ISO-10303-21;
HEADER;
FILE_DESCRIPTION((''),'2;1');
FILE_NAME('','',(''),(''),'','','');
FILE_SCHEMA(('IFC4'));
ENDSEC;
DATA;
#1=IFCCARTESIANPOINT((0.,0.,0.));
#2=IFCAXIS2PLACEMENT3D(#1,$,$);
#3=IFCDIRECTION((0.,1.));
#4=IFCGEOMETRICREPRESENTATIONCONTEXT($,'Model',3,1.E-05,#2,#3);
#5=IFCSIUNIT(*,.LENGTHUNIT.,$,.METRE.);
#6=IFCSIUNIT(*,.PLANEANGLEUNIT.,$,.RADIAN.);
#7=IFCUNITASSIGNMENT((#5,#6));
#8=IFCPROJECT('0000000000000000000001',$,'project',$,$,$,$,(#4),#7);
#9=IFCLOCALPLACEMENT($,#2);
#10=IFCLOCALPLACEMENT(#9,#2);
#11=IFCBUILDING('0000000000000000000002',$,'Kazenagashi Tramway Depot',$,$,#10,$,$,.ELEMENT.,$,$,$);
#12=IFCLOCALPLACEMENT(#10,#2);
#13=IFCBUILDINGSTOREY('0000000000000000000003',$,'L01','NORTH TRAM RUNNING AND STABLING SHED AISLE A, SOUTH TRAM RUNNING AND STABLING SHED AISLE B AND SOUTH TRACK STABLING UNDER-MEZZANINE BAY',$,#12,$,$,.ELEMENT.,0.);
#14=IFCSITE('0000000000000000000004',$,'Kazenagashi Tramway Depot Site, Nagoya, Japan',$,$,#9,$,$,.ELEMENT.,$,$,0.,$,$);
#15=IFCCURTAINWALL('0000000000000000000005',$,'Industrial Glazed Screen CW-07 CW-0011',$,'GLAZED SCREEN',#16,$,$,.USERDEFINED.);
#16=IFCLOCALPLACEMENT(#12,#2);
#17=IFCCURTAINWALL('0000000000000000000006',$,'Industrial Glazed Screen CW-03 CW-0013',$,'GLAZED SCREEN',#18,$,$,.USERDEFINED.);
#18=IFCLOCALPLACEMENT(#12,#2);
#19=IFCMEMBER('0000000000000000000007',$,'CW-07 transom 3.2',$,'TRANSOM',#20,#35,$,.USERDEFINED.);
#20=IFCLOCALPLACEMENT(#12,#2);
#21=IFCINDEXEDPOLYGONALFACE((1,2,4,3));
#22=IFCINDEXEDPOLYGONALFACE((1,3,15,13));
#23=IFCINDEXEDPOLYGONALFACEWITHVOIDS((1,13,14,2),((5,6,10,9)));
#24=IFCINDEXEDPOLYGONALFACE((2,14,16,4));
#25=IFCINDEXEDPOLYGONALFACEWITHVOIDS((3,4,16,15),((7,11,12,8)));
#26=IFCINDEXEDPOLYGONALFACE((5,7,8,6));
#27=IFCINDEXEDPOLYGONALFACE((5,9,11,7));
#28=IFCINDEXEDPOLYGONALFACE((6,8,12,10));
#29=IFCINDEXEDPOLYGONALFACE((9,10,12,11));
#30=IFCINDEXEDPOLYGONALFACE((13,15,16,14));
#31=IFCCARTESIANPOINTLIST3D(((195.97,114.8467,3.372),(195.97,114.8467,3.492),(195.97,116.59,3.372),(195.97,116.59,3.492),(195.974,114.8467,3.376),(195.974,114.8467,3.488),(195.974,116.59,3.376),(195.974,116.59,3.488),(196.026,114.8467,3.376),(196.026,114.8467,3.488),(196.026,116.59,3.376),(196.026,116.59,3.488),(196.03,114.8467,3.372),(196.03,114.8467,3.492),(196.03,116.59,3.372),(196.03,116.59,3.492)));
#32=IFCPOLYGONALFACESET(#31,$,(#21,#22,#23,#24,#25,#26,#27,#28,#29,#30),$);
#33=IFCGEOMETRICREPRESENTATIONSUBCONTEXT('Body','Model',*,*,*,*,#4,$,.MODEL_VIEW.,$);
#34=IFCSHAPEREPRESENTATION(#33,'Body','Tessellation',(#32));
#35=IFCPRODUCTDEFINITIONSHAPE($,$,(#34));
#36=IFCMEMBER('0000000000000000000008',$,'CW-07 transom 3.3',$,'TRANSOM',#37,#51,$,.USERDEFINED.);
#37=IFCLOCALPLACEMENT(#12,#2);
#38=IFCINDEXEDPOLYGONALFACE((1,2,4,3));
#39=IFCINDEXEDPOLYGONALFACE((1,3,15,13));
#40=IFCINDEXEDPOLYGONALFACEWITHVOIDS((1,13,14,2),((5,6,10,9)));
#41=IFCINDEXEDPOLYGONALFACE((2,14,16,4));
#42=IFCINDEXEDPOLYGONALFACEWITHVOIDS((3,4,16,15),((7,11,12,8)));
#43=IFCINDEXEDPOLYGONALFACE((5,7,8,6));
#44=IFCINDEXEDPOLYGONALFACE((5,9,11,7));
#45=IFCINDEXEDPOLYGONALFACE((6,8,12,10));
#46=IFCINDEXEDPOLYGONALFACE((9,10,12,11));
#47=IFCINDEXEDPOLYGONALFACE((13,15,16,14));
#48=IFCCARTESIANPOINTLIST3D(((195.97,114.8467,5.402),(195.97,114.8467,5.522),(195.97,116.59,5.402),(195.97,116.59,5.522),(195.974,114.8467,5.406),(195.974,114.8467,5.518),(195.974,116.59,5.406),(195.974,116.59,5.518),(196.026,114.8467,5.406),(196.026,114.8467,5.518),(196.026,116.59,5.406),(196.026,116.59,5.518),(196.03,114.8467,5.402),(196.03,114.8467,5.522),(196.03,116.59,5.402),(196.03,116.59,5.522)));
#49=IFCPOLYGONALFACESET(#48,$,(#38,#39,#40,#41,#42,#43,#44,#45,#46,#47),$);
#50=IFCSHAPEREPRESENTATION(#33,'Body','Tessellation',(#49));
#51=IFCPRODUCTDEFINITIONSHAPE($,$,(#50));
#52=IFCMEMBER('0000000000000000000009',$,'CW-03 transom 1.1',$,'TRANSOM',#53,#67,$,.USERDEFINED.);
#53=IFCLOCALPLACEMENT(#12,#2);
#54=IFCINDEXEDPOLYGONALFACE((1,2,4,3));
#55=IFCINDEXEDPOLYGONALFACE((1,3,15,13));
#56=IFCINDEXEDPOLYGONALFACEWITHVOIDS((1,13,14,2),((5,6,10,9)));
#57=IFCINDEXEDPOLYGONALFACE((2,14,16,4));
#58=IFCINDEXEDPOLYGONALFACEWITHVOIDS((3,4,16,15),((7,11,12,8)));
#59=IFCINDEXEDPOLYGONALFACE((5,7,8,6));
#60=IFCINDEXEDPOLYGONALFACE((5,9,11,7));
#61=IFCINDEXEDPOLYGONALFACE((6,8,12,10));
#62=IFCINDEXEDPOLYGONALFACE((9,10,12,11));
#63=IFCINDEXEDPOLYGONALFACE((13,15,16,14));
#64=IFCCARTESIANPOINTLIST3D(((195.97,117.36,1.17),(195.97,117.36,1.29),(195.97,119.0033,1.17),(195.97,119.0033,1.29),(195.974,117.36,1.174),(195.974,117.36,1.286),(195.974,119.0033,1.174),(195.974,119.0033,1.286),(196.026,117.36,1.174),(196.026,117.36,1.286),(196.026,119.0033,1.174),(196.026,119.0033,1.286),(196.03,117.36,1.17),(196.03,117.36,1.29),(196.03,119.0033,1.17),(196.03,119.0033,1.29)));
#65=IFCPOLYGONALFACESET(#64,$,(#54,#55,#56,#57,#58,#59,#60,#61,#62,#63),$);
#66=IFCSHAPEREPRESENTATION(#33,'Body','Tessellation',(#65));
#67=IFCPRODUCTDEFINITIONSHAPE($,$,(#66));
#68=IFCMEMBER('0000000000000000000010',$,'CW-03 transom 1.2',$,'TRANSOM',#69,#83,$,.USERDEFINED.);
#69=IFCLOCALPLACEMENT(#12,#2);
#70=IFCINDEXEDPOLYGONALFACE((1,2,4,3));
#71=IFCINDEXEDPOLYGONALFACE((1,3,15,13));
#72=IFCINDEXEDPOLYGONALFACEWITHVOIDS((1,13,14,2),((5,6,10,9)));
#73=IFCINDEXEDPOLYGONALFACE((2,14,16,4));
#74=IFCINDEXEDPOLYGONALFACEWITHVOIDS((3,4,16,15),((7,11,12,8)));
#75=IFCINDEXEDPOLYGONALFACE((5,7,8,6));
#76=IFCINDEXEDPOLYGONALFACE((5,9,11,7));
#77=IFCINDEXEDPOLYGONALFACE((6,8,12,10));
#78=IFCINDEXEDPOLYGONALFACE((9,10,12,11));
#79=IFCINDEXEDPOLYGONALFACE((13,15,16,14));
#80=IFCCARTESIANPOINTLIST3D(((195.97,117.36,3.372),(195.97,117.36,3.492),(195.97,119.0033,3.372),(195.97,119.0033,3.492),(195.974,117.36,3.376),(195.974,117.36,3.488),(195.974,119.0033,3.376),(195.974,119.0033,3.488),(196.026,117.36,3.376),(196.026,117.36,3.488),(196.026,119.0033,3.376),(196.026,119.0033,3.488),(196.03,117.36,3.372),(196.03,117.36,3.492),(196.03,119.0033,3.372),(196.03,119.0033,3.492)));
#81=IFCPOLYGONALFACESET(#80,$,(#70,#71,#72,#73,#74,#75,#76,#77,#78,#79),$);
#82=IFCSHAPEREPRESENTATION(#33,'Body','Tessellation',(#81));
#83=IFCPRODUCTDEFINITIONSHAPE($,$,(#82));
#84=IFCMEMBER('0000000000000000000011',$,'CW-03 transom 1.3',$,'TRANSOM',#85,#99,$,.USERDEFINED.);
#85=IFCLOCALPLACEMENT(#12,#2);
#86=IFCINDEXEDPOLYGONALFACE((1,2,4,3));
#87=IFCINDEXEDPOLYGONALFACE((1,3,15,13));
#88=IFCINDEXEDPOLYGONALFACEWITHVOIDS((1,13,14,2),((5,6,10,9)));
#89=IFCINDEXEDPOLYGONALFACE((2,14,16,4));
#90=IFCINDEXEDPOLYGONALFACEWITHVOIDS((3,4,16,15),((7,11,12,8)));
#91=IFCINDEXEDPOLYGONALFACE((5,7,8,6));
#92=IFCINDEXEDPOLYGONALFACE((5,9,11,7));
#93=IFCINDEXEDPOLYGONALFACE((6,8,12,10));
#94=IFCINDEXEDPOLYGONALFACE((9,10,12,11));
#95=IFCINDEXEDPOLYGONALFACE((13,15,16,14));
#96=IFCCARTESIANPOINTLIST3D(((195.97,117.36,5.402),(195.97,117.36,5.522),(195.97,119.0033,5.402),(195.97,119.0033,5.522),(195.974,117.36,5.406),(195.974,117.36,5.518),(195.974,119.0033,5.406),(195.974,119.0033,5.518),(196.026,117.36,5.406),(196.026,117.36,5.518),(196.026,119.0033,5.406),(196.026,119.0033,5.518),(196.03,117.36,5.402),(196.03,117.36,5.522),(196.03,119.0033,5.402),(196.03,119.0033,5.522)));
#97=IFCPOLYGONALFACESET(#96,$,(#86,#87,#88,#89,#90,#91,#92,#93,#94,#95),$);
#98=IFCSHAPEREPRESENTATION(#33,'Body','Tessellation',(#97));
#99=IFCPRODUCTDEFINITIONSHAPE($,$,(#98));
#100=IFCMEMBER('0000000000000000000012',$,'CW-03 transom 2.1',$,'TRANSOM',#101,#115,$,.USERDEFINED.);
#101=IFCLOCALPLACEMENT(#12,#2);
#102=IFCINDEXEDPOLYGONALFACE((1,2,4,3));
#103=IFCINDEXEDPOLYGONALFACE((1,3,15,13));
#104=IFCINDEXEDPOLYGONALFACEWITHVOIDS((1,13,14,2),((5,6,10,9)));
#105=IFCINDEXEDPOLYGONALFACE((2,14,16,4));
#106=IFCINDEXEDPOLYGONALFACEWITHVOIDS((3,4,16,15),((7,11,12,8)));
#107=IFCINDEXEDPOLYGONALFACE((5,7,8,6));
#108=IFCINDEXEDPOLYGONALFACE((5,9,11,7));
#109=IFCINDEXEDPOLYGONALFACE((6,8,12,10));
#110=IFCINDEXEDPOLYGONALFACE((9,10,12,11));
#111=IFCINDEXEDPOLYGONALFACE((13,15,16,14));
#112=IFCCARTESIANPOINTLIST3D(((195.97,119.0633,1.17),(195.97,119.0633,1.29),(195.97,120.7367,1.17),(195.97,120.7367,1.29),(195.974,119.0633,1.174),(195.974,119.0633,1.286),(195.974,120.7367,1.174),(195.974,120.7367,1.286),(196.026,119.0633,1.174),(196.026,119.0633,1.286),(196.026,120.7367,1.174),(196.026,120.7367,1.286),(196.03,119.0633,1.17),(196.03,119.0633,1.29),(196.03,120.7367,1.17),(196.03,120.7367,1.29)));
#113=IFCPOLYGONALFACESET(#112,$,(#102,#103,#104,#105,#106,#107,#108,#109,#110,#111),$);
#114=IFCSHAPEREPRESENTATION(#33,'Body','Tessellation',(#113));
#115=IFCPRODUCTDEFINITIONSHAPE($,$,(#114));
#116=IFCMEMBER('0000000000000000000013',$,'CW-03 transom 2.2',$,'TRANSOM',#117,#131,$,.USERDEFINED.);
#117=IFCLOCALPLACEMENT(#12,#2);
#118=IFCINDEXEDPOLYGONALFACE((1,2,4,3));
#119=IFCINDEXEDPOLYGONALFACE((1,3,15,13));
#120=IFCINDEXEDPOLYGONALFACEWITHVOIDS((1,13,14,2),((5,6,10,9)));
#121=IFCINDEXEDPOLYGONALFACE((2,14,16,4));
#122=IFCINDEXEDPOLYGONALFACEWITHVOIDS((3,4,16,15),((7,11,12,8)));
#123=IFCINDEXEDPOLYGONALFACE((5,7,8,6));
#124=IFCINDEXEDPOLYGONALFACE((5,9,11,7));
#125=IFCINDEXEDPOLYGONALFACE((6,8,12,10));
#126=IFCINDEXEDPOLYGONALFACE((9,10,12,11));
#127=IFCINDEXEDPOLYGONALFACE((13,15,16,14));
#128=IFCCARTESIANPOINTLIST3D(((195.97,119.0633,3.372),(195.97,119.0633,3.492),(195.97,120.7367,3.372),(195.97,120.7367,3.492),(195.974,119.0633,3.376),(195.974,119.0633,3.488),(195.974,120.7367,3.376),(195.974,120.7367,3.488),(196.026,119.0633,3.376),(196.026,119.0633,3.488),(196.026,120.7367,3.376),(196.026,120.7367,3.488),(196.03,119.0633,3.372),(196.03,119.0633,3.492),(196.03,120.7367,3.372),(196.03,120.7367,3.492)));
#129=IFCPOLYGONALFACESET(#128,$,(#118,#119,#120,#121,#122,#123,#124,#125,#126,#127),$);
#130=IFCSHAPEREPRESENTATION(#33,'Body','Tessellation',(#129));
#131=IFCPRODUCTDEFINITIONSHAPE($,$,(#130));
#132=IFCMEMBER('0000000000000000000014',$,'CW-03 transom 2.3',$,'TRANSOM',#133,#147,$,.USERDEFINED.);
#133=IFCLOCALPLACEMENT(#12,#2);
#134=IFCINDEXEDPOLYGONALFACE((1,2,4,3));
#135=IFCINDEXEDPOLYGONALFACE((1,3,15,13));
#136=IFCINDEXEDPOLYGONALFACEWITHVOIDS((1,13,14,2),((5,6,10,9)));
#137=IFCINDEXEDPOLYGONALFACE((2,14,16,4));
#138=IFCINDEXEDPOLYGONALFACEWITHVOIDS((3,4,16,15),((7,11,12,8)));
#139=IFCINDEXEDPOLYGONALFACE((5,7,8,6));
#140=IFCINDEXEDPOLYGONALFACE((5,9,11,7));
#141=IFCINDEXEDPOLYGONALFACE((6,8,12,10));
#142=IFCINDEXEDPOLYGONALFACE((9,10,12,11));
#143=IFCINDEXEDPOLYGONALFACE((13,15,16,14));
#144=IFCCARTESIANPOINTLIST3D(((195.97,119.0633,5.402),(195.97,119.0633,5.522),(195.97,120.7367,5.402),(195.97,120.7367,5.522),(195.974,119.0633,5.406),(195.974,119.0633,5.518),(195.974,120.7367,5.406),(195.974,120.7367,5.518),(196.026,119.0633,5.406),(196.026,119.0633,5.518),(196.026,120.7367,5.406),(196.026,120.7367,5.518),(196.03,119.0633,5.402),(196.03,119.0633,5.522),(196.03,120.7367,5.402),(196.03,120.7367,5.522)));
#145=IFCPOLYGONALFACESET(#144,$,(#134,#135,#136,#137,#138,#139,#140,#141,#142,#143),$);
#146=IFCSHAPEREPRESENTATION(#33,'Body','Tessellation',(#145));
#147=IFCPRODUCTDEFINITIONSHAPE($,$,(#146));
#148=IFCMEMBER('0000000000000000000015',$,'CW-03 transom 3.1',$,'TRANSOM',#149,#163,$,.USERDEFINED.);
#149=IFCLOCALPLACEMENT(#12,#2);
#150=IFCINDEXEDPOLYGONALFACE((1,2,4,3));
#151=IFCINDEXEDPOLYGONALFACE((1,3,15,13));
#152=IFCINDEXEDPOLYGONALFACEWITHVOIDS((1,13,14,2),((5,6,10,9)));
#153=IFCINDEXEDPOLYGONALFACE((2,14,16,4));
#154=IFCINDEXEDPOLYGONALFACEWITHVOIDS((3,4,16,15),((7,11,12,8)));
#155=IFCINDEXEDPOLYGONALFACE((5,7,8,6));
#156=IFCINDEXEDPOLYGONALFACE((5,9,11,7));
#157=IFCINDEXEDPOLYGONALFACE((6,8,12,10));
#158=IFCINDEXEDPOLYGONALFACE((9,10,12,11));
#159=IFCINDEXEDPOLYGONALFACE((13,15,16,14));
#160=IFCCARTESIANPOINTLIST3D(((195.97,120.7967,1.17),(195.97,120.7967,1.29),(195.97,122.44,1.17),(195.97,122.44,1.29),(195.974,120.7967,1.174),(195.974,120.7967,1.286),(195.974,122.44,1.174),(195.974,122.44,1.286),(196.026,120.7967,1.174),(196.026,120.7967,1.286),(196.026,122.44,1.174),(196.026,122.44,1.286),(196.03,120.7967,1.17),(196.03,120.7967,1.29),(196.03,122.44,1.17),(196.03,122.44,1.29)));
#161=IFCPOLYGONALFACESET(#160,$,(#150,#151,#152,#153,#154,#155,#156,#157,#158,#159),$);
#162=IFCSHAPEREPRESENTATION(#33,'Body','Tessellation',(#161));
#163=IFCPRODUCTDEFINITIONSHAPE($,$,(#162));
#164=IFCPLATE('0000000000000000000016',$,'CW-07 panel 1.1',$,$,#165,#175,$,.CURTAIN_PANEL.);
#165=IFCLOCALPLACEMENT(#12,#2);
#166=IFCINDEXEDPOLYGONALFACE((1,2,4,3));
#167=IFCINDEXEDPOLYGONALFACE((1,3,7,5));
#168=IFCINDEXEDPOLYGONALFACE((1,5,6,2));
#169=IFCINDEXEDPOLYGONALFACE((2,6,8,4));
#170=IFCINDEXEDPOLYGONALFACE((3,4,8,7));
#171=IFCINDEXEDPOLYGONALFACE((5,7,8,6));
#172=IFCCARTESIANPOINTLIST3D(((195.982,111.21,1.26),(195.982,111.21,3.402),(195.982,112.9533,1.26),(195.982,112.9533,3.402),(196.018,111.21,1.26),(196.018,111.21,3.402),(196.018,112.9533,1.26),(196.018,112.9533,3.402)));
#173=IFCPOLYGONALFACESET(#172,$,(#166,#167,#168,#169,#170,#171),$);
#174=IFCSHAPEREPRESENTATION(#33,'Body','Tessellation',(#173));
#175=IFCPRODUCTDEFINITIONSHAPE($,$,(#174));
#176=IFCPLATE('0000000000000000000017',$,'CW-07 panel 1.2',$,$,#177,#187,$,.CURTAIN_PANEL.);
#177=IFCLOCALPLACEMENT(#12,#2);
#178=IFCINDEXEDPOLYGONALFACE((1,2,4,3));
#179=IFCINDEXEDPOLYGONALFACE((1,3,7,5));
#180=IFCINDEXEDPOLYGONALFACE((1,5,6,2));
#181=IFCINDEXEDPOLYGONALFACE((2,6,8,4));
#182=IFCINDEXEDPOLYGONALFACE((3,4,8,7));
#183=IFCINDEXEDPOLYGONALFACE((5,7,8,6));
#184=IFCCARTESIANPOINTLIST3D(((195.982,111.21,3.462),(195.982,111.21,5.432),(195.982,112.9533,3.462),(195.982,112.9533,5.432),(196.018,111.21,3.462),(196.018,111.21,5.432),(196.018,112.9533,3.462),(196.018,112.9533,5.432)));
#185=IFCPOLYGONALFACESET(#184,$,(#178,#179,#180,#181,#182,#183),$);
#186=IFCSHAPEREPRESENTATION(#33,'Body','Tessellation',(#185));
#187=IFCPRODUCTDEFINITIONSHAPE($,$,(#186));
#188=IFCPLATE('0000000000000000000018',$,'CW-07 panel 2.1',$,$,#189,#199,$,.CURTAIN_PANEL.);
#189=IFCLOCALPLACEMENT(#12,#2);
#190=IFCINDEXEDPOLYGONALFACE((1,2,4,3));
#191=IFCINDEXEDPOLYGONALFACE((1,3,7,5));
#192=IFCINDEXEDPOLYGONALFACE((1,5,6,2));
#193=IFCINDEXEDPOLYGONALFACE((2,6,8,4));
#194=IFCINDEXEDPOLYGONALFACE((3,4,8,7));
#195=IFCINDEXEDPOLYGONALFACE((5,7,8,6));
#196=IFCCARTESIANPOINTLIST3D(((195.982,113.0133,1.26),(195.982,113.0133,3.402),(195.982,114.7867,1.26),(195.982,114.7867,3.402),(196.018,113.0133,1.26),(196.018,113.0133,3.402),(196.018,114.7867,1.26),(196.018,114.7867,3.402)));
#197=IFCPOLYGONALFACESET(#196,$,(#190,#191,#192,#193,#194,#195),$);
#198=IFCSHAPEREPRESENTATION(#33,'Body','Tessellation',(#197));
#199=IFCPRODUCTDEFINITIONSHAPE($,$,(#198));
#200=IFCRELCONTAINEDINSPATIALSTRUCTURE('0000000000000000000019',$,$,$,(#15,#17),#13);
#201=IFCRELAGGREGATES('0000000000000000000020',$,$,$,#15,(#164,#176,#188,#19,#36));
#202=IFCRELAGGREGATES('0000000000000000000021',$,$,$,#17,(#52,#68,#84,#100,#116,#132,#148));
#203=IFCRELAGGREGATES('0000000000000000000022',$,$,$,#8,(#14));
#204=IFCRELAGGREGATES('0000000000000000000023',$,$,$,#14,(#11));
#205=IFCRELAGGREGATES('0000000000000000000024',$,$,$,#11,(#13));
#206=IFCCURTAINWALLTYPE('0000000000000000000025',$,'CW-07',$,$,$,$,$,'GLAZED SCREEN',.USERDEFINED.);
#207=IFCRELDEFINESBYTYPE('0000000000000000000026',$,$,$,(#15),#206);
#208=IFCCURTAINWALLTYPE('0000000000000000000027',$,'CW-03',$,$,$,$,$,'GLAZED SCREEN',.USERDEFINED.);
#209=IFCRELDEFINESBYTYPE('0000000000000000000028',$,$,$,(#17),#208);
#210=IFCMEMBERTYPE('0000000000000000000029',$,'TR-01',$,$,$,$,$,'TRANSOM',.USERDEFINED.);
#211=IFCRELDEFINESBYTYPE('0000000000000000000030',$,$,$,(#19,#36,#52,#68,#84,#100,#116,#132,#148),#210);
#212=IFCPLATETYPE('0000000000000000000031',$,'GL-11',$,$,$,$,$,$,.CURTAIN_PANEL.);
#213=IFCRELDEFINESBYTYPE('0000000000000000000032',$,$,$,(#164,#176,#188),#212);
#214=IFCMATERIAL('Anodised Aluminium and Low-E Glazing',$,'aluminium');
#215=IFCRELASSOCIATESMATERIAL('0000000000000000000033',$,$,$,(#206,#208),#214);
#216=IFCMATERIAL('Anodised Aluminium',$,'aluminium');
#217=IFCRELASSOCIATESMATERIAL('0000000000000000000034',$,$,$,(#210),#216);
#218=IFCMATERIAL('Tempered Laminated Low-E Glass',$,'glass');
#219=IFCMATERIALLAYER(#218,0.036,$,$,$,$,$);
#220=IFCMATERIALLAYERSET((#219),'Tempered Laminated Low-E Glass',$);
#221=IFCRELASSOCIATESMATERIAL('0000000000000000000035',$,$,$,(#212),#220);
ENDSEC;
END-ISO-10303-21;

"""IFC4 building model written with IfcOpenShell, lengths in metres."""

from ifc_helpers import new_model, si_unit, direction, frame, origin, origin_2d, place, context, subcontext, project, spatial, rectangle, hollow_rectangle, extrude, material, layer, layer_set, material_profile, profile_set, type_object, element, aggregate, save


model = new_model("IFC4")

# Units and contexts
model_context = context("Model", 3, precision=1e-05, world=origin(), true_north=direction((0.0, 1.0)))
body_context = subcontext(model_context, "Body", "Model", "MODEL_VIEW")
ifc_project = project(units=[si_unit("LENGTHUNIT", "METRE"), si_unit("PLANEANGLEUNIT", "RADIAN")], contexts=[model_context])

# Site, building, storey
site_placement = place(None, origin())
site = spatial("IfcSite", under=ifc_project, at=site_placement, Name="Kazenagashi Tramway Depot Site, Nagoya, Japan", CompositionType="ELEMENT", RefElevation=0.0)
building_placement = place(site_placement, origin())
building = spatial("IfcBuilding", under=site, at=building_placement, Name="Kazenagashi Tramway Depot", CompositionType="ELEMENT")
storey_placement = place(building_placement, origin())
storey = spatial("IfcBuildingStorey", under=building, at=storey_placement, Name="L01", Description="NORTH TRAM RUNNING AND STABLING SHED AISLE A, SOUTH TRAM RUNNING AND STABLING SHED AISLE B AND SOUTH TRACK STABLING UNDER-MEZZANINE BAY", CompositionType="ELEMENT", Elevation=0.0)

# Curtain walls
ifc_material_1 = material(Name="Anodised Aluminium and Low-E Glazing", Category="aluminium")
curtain_wall_type_1 = type_object("IfcCurtainWallType", Name="CW-07", ElementType="GLAZED SCREEN", PredefinedType="USERDEFINED", material=ifc_material_1)
curtain_wall_1_placement = place(storey_placement, origin())
curtain_wall_1 = element("IfcCurtainWall", 1, at=curtain_wall_1_placement, inside=storey, type_object=curtain_wall_type_1, Name="Industrial Glazed Screen CW-07 CW-0011", ObjectType="GLAZED SCREEN", PredefinedType="USERDEFINED")
ifc_material_2 = material(Name="Anodised Aluminium", Category="aluminium")
curtain_wall_type_2 = type_object("IfcCurtainWallType", Name="CW-03", ElementType="GLAZED SCREEN", PredefinedType="USERDEFINED", material=ifc_material_1)
curtain_wall_2_placement = place(storey_placement, origin())
curtain_wall_2 = element("IfcCurtainWall", 2, at=curtain_wall_2_placement, inside=storey, type_object=curtain_wall_type_2, Name="Industrial Glazed Screen CW-03 CW-0013", ObjectType="GLAZED SCREEN", PredefinedType="USERDEFINED")

# Members
ifc_material_profile_1 = material_profile(ifc_material_2, hollow_rectangle(XDim=0.06, YDim=0.12, WallThickness=0.004, at=origin_2d()), Name="RHS-120x60x4")
ifc_profile_set_1 = profile_set([ifc_material_profile_1], Name="Anodised Aluminium")
member_type_1 = type_object("IfcMemberType", Name="TR-01", ElementType="TRANSOM", PredefinedType="USERDEFINED", material=ifc_profile_set_1)
member_1_placement = place(storey_placement, frame((196.0, 114.8467, 3.432), z_axis=(0.0, 1.0, 0.0), x_axis=(-1.0, 0.0, 0.0)))
member_1 = element("IfcMember", 3, at=member_1_placement, type_object=member_type_1, Name="CW-07 transom 3.2", ObjectType="TRANSOM", PredefinedType="USERDEFINED", context=body_context, shape_type="SweptSolid", body=[
    extrude(hollow_rectangle(XDim=0.06, YDim=0.12, WallThickness=0.004, at=origin_2d()), origin(), (0.0, 0.0, 1.0), 1.7433),
])
member_2_placement = place(storey_placement, frame((196.0, 114.8467, 5.462), z_axis=(0.0, 1.0, 0.0), x_axis=(-1.0, 0.0, 0.0)))
member_2 = element("IfcMember", 4, at=member_2_placement, type_object=member_type_1, Name="CW-07 transom 3.3", ObjectType="TRANSOM", PredefinedType="USERDEFINED", context=body_context, shape_type="SweptSolid", body=[
    extrude(hollow_rectangle(XDim=0.06, YDim=0.12, WallThickness=0.004, at=origin_2d()), origin(), (0.0, 0.0, 1.0), 1.7433),
])
member_3_placement = place(storey_placement, frame((196.0, 117.36, 1.23), z_axis=(0.0, 1.0, 0.0), x_axis=(-1.0, 0.0, 0.0)))
member_3 = element("IfcMember", 5, at=member_3_placement, type_object=member_type_1, Name="CW-03 transom 1.1", ObjectType="TRANSOM", PredefinedType="USERDEFINED", context=body_context, shape_type="SweptSolid", body=[
    extrude(hollow_rectangle(XDim=0.06, YDim=0.12, WallThickness=0.004, at=origin_2d()), origin(), (0.0, 0.0, 1.0), 1.6433),
])
member_4_placement = place(storey_placement, frame((196.0, 117.36, 3.432), z_axis=(0.0, 1.0, 0.0), x_axis=(-1.0, 0.0, 0.0)))
member_4 = element("IfcMember", 6, at=member_4_placement, type_object=member_type_1, Name="CW-03 transom 1.2", ObjectType="TRANSOM", PredefinedType="USERDEFINED", context=body_context, shape_type="SweptSolid", body=[
    extrude(hollow_rectangle(XDim=0.06, YDim=0.12, WallThickness=0.004, at=origin_2d()), origin(), (0.0, 0.0, 1.0), 1.6433),
])
member_5_placement = place(storey_placement, frame((196.0, 117.36, 5.462), z_axis=(0.0, 1.0, 0.0), x_axis=(-1.0, 0.0, 0.0)))
member_5 = element("IfcMember", 7, at=member_5_placement, type_object=member_type_1, Name="CW-03 transom 1.3", ObjectType="TRANSOM", PredefinedType="USERDEFINED", context=body_context, shape_type="SweptSolid", body=[
    extrude(hollow_rectangle(XDim=0.06, YDim=0.12, WallThickness=0.004, at=origin_2d()), origin(), (0.0, 0.0, 1.0), 1.6433),
])
member_6_placement = place(storey_placement, frame((196.0, 119.0633, 1.23), z_axis=(0.0, 1.0, 0.0), x_axis=(-1.0, 0.0, 0.0)))
member_6 = element("IfcMember", 8, at=member_6_placement, type_object=member_type_1, Name="CW-03 transom 2.1", ObjectType="TRANSOM", PredefinedType="USERDEFINED", context=body_context, shape_type="SweptSolid", body=[
    extrude(hollow_rectangle(XDim=0.06, YDim=0.12, WallThickness=0.004, at=origin_2d()), origin(), (0.0, 0.0, 1.0), 1.6733),
])
member_7_placement = place(storey_placement, frame((196.0, 119.0633, 3.432), z_axis=(0.0, 1.0, 0.0), x_axis=(-1.0, 0.0, 0.0)))
member_7 = element("IfcMember", 9, at=member_7_placement, type_object=member_type_1, Name="CW-03 transom 2.2", ObjectType="TRANSOM", PredefinedType="USERDEFINED", context=body_context, shape_type="SweptSolid", body=[
    extrude(hollow_rectangle(XDim=0.06, YDim=0.12, WallThickness=0.004, at=origin_2d()), origin(), (0.0, 0.0, 1.0), 1.6733),
])
member_8_placement = place(storey_placement, frame((196.0, 119.0633, 5.462), z_axis=(0.0, 1.0, 0.0), x_axis=(-1.0, 0.0, 0.0)))
member_8 = element("IfcMember", 10, at=member_8_placement, type_object=member_type_1, Name="CW-03 transom 2.3", ObjectType="TRANSOM", PredefinedType="USERDEFINED", context=body_context, shape_type="SweptSolid", body=[
    extrude(hollow_rectangle(XDim=0.06, YDim=0.12, WallThickness=0.004, at=origin_2d()), origin(), (0.0, 0.0, 1.0), 1.6733),
])
member_9_placement = place(storey_placement, frame((196.0, 120.7967, 1.23), z_axis=(0.0, 1.0, 0.0), x_axis=(-1.0, 0.0, 0.0)))
member_9 = element("IfcMember", 11, at=member_9_placement, type_object=member_type_1, Name="CW-03 transom 3.1", ObjectType="TRANSOM", PredefinedType="USERDEFINED", context=body_context, shape_type="SweptSolid", body=[
    extrude(hollow_rectangle(XDim=0.06, YDim=0.12, WallThickness=0.004, at=origin_2d()), origin(), (0.0, 0.0, 1.0), 1.6433),
])

# Plates
ifc_material_3 = material(Name="Tempered Laminated Low-E Glass", Category="glass")
ifc_layer_1 = layer(ifc_material_3, 0.036)
ifc_layer_set_1 = layer_set([ifc_layer_1], Name="Tempered Laminated Low-E Glass")
plate_type_1 = type_object("IfcPlateType", Name="GL-11", PredefinedType="CURTAIN_PANEL", material=ifc_layer_set_1)
plate_1_placement = place(storey_placement, frame((196.0, 112.0817, 1.26), z_axis=(0.0, 0.0, 1.0), x_axis=(0.0, 1.0, 0.0)))
plate_1 = element("IfcPlate", 12, at=plate_1_placement, type_object=plate_type_1, Name="CW-07 panel 1.1", PredefinedType="CURTAIN_PANEL", context=body_context, shape_type="SweptSolid", body=[
    extrude(rectangle(XDim=1.7433, YDim=0.036, at=origin_2d()), origin(), (0.0, 0.0, 1.0), 2.142),
])
plate_2_placement = place(storey_placement, frame((196.0, 112.0817, 3.462), z_axis=(0.0, 0.0, 1.0), x_axis=(0.0, 1.0, 0.0)))
plate_2 = element("IfcPlate", 13, at=plate_2_placement, type_object=plate_type_1, Name="CW-07 panel 1.2", PredefinedType="CURTAIN_PANEL", context=body_context, shape_type="SweptSolid", body=[
    extrude(rectangle(XDim=1.7433, YDim=0.036, at=origin_2d()), origin(), (0.0, 0.0, 1.0), 1.97),
])
plate_3_placement = place(storey_placement, frame((196.0, 113.9, 1.26), z_axis=(0.0, 0.0, 1.0), x_axis=(0.0, 1.0, 0.0)))
plate_3 = element("IfcPlate", 14, at=plate_3_placement, type_object=plate_type_1, Name="CW-07 panel 2.1", PredefinedType="CURTAIN_PANEL", context=body_context, shape_type="SweptSolid", body=[
    extrude(rectangle(XDim=1.7733, YDim=0.036, at=origin_2d()), origin(), (0.0, 0.0, 1.0), 2.142),
])
aggregate(curtain_wall_1, [plate_1, plate_2, plate_3, member_1, member_2])
aggregate(curtain_wall_2, [member_3, member_4, member_5, member_6, member_7, member_8, member_9])

save(model, "model.ifc")
